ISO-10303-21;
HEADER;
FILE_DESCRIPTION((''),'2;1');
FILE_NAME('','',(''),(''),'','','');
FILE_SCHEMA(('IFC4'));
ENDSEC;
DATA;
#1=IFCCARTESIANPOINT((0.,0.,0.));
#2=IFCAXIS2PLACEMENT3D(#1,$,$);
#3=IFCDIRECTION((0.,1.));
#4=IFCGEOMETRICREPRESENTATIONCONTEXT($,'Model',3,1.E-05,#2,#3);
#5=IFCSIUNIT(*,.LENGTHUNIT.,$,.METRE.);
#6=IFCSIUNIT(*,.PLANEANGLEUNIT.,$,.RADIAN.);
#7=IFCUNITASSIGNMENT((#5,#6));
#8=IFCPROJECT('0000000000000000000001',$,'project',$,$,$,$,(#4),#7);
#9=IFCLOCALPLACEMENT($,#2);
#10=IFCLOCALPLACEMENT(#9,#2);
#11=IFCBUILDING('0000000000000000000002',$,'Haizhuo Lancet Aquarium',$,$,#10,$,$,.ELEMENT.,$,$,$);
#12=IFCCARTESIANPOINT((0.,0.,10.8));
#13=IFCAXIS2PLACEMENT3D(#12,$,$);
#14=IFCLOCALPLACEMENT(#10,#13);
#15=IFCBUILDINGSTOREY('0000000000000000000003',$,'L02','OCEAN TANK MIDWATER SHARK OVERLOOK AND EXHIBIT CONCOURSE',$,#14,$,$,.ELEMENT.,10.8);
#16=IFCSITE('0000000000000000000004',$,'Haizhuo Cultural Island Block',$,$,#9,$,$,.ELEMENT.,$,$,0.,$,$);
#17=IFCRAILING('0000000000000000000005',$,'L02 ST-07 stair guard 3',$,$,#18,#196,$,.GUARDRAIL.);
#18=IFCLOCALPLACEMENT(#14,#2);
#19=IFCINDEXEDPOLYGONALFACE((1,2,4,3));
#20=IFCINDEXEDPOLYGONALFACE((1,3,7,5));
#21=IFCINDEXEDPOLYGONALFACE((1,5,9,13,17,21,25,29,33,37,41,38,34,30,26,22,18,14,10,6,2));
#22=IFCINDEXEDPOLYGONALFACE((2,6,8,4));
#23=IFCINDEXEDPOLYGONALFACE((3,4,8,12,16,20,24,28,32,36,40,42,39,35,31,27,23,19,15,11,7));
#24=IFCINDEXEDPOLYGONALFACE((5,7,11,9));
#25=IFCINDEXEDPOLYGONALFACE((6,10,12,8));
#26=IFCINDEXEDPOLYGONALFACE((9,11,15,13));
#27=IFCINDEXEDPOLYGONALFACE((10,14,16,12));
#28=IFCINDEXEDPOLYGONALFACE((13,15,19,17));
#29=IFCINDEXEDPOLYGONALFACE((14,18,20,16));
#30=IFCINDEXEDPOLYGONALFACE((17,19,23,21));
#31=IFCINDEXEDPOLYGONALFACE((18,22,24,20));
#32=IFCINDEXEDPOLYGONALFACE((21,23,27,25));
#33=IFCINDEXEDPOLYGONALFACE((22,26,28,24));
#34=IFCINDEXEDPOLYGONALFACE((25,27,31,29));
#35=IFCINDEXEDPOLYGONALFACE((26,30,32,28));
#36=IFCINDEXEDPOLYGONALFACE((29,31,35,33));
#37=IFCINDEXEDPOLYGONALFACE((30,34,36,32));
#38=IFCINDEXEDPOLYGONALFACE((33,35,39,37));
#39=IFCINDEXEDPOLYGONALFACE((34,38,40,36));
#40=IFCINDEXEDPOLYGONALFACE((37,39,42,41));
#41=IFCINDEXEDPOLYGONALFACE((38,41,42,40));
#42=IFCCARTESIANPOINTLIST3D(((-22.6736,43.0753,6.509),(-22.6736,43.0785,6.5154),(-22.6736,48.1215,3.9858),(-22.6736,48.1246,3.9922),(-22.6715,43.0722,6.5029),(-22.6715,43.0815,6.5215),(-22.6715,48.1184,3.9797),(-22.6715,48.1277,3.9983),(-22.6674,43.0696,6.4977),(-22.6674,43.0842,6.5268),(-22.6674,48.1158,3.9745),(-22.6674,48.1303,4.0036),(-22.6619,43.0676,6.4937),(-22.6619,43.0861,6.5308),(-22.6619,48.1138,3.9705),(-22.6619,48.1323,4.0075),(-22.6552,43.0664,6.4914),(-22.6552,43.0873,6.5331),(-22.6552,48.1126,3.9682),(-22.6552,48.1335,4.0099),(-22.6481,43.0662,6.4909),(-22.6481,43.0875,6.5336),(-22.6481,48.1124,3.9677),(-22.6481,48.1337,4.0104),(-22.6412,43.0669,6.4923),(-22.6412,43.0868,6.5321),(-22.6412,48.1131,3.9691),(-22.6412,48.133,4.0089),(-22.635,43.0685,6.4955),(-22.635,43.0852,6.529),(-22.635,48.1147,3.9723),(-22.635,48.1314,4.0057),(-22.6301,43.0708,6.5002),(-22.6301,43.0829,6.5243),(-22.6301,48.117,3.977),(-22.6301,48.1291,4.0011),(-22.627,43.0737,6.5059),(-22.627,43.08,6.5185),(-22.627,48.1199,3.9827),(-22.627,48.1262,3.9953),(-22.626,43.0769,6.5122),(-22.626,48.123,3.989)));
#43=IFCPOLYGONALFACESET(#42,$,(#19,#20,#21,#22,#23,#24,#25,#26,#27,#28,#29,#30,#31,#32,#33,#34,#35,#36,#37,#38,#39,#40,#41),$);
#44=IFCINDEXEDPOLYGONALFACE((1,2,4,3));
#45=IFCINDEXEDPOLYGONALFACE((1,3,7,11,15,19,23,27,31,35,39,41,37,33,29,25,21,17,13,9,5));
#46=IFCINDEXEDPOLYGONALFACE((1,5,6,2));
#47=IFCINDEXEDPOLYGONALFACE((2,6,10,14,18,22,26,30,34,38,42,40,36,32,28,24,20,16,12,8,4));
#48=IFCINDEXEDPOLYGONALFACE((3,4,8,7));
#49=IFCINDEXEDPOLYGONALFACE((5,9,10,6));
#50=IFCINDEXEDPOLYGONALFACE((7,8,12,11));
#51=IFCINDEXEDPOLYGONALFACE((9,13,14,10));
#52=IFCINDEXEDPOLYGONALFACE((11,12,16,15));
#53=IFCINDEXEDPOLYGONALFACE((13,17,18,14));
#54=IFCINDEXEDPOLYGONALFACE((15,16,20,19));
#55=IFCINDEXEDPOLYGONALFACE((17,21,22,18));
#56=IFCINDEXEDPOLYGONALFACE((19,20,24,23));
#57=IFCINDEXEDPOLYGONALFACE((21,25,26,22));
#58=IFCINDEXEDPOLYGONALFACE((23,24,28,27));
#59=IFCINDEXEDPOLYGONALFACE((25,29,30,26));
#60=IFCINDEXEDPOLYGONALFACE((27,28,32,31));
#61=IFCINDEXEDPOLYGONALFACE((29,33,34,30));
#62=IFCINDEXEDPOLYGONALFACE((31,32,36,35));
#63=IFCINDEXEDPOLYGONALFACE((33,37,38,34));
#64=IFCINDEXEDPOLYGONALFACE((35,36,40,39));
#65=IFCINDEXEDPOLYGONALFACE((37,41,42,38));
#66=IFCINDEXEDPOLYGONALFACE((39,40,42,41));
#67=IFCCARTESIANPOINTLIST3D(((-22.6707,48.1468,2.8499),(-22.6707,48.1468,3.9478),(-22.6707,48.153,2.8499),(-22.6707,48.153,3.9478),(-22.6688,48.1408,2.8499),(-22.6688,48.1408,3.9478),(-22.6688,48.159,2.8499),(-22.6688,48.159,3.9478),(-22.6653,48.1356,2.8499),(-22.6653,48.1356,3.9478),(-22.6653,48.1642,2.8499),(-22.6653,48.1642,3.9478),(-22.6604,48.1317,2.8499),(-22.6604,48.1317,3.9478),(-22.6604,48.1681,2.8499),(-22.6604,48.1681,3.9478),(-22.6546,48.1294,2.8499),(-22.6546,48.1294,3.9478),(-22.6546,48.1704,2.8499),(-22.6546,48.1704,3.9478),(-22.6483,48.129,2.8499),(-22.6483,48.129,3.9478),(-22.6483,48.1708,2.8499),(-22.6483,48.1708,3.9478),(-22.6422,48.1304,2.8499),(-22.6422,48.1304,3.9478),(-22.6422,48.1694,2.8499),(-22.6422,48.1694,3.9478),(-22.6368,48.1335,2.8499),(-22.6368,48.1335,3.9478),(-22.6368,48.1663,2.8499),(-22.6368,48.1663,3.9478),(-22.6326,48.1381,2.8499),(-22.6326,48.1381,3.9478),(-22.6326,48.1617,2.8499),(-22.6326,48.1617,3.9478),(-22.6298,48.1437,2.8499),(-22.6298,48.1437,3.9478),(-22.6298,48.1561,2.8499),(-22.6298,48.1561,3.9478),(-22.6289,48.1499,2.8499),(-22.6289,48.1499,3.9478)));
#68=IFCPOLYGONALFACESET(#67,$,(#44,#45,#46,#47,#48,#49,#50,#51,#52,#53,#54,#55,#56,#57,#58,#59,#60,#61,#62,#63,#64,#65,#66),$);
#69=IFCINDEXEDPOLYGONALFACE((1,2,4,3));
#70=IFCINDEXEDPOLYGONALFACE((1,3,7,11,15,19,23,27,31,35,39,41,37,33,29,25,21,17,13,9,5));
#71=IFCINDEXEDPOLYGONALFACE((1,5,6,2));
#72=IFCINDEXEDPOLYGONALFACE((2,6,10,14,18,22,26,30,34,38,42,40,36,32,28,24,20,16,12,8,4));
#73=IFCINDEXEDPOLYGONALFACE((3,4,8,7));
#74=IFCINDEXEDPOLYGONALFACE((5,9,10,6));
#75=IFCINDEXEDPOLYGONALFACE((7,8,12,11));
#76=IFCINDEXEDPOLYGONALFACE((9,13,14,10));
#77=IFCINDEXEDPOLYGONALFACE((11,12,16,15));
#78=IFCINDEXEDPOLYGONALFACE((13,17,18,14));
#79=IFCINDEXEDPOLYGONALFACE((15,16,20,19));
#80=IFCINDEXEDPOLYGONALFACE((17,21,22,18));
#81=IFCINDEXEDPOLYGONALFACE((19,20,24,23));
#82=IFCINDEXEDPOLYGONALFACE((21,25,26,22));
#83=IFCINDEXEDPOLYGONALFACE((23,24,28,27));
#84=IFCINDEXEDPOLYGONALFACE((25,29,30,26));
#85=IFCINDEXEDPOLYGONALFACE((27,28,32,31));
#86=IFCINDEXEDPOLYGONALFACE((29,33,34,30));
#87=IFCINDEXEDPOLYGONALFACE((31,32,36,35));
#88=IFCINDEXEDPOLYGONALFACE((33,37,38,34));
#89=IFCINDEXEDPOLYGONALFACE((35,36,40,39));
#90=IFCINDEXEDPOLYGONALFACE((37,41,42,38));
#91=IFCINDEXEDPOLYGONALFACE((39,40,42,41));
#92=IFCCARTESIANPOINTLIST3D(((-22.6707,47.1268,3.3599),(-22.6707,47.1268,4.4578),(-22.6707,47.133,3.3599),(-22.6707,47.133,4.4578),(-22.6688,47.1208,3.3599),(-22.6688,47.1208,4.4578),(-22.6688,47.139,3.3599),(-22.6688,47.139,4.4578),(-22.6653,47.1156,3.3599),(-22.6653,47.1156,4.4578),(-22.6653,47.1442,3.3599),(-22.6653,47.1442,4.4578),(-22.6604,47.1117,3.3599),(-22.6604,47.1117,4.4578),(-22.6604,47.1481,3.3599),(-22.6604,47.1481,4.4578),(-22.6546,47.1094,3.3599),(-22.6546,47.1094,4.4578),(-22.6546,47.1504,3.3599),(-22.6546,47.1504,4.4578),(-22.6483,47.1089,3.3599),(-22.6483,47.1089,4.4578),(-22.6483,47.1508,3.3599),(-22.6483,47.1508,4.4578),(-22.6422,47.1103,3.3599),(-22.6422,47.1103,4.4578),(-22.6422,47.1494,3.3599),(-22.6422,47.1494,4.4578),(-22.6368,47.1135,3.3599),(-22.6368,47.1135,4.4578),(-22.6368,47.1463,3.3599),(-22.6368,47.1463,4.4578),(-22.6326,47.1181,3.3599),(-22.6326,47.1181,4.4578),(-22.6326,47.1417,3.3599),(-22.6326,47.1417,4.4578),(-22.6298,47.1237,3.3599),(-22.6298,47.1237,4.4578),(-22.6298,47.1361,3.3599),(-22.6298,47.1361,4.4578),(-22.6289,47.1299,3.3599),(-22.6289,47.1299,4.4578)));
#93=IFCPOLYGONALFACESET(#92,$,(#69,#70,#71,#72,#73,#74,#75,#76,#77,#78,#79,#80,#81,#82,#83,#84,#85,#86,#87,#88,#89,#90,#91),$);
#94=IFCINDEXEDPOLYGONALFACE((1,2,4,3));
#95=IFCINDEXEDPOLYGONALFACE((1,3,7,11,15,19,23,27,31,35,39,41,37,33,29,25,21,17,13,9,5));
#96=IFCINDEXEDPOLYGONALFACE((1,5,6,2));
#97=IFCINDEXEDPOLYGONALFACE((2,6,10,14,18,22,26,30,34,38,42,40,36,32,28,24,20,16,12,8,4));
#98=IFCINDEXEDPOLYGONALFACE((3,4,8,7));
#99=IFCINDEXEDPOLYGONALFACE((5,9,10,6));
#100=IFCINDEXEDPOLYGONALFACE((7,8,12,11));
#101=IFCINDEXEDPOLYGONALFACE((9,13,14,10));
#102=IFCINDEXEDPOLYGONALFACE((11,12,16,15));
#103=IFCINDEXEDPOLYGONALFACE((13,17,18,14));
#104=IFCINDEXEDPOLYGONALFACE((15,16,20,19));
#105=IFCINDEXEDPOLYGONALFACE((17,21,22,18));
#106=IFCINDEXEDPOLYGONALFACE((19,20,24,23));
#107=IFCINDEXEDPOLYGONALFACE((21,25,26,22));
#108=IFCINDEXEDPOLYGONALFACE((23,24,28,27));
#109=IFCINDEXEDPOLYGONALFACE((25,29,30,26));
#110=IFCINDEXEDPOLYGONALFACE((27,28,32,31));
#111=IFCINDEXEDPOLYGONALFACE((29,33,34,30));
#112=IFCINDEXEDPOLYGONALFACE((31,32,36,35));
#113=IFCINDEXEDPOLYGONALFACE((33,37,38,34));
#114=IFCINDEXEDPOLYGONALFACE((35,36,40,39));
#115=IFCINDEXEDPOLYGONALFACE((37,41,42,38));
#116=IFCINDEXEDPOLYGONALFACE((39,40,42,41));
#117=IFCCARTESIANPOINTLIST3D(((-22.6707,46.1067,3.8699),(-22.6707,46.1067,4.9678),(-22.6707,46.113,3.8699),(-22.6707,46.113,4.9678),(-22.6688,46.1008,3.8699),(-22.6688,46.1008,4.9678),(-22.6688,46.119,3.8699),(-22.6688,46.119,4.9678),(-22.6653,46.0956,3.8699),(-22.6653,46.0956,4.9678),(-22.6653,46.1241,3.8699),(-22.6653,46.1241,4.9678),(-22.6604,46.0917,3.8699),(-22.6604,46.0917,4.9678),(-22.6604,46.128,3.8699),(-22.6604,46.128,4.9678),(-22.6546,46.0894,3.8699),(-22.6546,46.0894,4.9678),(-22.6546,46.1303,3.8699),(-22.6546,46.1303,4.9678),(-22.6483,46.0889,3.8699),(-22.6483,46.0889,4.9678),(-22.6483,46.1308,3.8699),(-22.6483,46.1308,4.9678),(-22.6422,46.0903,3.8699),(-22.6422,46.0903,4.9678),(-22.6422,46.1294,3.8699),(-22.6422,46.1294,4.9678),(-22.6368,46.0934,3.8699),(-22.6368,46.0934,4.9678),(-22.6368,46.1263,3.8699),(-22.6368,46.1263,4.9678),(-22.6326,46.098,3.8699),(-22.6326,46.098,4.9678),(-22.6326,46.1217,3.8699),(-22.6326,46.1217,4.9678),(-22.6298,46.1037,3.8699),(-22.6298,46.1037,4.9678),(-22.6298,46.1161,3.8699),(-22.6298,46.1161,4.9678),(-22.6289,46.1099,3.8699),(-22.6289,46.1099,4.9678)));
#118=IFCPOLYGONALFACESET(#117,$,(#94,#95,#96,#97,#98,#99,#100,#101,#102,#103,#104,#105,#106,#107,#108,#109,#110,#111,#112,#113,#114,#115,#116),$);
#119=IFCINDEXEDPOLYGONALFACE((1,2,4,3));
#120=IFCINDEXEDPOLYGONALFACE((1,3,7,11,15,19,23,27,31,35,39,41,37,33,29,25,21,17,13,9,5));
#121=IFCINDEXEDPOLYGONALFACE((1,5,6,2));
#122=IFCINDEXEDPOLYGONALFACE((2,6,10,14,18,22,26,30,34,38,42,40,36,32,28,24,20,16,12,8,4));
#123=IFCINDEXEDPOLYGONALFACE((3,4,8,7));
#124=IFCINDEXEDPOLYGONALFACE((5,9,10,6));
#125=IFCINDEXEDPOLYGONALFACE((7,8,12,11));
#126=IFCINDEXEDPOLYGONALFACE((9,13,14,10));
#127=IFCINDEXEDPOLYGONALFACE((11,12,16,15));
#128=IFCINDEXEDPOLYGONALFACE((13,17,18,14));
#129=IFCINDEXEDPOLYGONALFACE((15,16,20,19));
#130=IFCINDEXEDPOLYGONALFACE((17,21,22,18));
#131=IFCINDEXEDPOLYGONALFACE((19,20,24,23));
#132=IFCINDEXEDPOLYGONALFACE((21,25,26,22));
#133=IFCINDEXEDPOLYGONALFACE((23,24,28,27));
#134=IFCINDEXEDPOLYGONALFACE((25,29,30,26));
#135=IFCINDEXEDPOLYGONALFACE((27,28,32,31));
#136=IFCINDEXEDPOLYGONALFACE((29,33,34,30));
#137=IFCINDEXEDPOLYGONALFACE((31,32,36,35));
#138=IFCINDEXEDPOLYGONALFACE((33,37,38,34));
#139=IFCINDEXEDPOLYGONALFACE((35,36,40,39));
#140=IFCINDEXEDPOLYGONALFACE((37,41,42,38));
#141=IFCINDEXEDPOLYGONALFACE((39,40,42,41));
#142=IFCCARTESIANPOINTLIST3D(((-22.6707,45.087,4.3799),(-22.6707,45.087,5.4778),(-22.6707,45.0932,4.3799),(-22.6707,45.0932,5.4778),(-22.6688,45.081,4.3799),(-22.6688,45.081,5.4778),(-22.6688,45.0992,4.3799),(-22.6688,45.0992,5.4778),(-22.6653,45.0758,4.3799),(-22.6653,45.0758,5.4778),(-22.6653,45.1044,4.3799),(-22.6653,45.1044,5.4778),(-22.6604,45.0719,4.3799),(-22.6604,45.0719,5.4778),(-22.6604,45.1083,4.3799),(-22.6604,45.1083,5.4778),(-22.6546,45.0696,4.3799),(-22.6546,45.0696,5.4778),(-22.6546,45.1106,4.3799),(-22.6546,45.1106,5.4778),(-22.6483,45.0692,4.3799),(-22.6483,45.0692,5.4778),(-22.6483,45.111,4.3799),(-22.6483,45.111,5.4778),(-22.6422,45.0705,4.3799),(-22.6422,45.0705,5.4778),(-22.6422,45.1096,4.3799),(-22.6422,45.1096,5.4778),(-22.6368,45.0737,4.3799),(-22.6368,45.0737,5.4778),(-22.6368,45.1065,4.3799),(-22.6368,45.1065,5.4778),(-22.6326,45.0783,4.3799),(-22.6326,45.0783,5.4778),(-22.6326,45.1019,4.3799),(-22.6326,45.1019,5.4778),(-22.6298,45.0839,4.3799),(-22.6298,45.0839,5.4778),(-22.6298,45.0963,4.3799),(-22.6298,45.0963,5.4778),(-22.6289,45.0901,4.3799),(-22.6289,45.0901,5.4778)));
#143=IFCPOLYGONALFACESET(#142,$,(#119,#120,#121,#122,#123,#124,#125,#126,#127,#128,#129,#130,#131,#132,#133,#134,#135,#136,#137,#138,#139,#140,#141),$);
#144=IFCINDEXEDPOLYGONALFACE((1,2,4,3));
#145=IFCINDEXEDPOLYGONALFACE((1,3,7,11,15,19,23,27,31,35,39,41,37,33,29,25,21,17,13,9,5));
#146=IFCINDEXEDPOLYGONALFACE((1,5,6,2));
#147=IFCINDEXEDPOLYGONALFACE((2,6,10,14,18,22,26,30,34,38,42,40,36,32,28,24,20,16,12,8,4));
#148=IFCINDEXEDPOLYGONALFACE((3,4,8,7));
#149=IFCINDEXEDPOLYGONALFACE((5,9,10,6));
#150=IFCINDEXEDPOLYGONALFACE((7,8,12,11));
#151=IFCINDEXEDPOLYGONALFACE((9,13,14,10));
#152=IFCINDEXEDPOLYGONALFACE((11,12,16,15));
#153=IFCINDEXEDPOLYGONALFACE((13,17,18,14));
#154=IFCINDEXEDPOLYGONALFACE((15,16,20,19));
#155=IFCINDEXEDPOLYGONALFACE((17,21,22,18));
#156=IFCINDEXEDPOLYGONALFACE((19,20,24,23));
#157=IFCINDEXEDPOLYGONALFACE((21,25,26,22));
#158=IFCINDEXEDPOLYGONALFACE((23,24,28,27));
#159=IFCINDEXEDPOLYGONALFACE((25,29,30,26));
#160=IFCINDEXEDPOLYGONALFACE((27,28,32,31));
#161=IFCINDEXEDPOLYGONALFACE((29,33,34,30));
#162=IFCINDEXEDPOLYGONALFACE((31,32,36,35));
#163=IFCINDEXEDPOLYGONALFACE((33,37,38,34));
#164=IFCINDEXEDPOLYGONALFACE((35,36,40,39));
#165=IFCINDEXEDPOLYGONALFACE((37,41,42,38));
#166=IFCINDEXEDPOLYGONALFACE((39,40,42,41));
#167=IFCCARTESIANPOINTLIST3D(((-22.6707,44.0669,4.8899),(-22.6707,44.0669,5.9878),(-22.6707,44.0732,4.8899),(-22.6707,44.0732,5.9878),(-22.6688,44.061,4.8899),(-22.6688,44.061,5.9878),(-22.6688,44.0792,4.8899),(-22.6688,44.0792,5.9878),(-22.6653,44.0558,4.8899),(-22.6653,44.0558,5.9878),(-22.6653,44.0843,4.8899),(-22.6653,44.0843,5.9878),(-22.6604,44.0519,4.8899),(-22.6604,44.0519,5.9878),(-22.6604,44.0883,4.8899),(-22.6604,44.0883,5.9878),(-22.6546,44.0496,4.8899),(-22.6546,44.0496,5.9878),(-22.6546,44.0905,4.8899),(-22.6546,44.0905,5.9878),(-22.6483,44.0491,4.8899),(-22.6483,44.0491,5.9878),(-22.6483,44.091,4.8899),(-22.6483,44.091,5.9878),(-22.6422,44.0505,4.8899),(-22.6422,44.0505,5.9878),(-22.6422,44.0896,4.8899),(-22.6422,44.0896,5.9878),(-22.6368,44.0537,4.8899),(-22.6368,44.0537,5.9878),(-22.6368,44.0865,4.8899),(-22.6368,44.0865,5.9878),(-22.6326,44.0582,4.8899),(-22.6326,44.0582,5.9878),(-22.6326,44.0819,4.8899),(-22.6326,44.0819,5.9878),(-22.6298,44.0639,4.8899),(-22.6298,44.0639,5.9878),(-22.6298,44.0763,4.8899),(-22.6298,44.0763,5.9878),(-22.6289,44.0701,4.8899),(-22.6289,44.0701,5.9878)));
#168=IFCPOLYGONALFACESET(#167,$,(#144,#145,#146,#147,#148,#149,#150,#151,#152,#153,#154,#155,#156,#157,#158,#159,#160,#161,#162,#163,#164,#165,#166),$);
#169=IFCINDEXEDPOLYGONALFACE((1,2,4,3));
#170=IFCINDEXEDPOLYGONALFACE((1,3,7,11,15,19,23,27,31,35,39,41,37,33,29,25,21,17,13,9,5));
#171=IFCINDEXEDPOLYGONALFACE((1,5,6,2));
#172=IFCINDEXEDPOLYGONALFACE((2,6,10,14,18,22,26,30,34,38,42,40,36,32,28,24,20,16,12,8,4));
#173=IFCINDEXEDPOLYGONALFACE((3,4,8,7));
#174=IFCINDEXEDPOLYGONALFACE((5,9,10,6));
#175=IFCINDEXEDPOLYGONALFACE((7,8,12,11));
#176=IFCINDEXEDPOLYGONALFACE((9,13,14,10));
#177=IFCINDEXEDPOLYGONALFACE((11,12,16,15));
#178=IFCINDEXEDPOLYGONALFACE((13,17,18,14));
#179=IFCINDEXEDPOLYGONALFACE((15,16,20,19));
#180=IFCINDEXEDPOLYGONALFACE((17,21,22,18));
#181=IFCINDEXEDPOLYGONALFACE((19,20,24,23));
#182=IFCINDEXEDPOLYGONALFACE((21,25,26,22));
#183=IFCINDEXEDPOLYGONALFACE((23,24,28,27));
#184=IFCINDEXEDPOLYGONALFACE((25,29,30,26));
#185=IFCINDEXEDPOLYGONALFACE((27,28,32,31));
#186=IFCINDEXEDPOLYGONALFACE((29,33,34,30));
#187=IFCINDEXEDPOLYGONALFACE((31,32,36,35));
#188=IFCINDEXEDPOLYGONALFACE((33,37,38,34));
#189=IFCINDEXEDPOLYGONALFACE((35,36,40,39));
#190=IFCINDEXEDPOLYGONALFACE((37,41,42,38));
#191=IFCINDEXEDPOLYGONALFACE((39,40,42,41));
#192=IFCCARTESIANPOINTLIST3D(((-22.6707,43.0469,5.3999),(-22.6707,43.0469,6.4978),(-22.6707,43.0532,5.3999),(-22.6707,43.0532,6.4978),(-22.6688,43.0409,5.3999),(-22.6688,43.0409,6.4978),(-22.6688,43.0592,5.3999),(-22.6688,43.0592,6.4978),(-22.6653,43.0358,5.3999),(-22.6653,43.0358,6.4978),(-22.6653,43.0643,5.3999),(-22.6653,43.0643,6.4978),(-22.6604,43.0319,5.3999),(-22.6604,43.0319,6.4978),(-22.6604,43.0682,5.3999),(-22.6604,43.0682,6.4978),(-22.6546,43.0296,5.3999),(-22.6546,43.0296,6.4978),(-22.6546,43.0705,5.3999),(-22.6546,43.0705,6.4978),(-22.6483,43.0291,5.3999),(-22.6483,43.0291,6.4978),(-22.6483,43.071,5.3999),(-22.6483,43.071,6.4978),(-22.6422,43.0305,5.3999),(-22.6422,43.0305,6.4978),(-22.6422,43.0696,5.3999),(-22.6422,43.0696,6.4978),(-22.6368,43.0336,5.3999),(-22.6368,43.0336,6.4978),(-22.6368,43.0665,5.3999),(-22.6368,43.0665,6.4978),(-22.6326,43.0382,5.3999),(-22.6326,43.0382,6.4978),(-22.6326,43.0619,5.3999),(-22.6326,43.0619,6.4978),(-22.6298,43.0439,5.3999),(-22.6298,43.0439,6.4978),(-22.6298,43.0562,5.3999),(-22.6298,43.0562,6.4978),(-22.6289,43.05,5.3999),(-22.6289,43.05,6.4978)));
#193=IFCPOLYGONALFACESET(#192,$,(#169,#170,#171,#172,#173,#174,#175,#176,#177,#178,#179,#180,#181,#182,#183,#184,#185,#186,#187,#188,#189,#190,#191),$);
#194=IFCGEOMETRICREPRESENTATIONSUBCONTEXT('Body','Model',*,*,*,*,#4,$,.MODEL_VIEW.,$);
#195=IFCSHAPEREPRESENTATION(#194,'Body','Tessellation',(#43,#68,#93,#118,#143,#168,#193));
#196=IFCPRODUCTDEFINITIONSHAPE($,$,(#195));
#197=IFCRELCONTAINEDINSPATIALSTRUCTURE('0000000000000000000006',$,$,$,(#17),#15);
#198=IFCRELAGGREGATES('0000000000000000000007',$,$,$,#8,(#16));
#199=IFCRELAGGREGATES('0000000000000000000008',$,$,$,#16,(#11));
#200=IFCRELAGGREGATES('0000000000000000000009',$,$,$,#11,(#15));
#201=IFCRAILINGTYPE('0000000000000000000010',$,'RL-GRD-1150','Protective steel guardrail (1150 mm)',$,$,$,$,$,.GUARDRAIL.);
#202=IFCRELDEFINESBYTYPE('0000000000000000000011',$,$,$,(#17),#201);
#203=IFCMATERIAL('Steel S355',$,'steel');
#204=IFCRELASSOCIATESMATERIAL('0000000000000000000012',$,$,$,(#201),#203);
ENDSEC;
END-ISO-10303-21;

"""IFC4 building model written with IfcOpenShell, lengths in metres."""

from ifc_helpers import new_model, si_unit, direction, frame, origin, origin_2d, place, context, subcontext, project, spatial, circle, extrude, material, type_object, element, save


model = new_model("IFC4")

# Units and contexts
model_context = context("Model", 3, precision=1e-05, world=origin(), true_north=direction((0.0, 1.0)))
body_context = subcontext(model_context, "Body", "Model", "MODEL_VIEW")
ifc_project = project(units=[si_unit("LENGTHUNIT", "METRE"), si_unit("PLANEANGLEUNIT", "RADIAN")], contexts=[model_context])

# Site, building, storey
site_placement = place(None, origin())
site = spatial("IfcSite", under=ifc_project, at=site_placement, Name="Haizhuo Cultural Island Block", CompositionType="ELEMENT", RefElevation=0.0)
building_placement = place(site_placement, origin())
building = spatial("IfcBuilding", under=site, at=building_placement, Name="Haizhuo Lancet Aquarium", CompositionType="ELEMENT")
storey_placement = place(building_placement, frame((0.0, 0.0, 10.8)))
storey = spatial("IfcBuildingStorey", under=building, at=storey_placement, Name="L02", Description="OCEAN TANK MIDWATER SHARK OVERLOOK AND EXHIBIT CONCOURSE", CompositionType="ELEMENT", Elevation=10.8)

# Shared definitions
ifc_material_1 = material(Name="Steel S355", Category="steel")

# Railing
railing_type_1 = type_object("IfcRailingType", Name="RL-GRD-1150", Description="Protective steel guardrail (1150 mm)", PredefinedType="GUARDRAIL", material=ifc_material_1)
railing_1_placement = place(storey_placement, frame((-22.6499, 48.1499, 2.8499)))
element("IfcRailing", 1, at=railing_1_placement, inside=storey, type_object=railing_type_1, Name="L02 ST-07 stair guard 3", PredefinedType="GUARDRAIL", context=body_context, shape_type="SweptSolid", body=[
    extrude(circle(Radius=0.0239, at=origin_2d()), frame((0.0, -0.0269, 1.1392), z_axis=(0.0, -0.894419, 0.447231), x_axis=(1.0, 0.0, 0.0)), (0.0, 0.0, 1.0), 5.6418),
    extrude(circle(Radius=0.021, at=origin_2d()), origin(), (0.0, 0.0, 1.0), 1.0979),
    extrude(circle(Radius=0.021, at=origin_2d()), frame((0.0, -1.02, 0.51)), (0.0, 0.0, 1.0), 1.0979),
    extrude(circle(Radius=0.021, at=origin_2d()), frame((0.0, -2.04, 1.02)), (0.0, 0.0, 1.0), 1.0979),
    extrude(circle(Radius=0.021, at=origin_2d()), frame((0.0, -3.0598, 1.53)), (0.0, 0.0, 1.0), 1.0979),
    extrude(circle(Radius=0.021, at=origin_2d()), frame((0.0, -4.0798, 2.04)), (0.0, 0.0, 1.0), 1.0979),
    extrude(circle(Radius=0.021, at=origin_2d()), frame((0.0, -5.0999, 2.55)), (0.0, 0.0, 1.0), 1.0979),
])

save(model, "model.ifc")
